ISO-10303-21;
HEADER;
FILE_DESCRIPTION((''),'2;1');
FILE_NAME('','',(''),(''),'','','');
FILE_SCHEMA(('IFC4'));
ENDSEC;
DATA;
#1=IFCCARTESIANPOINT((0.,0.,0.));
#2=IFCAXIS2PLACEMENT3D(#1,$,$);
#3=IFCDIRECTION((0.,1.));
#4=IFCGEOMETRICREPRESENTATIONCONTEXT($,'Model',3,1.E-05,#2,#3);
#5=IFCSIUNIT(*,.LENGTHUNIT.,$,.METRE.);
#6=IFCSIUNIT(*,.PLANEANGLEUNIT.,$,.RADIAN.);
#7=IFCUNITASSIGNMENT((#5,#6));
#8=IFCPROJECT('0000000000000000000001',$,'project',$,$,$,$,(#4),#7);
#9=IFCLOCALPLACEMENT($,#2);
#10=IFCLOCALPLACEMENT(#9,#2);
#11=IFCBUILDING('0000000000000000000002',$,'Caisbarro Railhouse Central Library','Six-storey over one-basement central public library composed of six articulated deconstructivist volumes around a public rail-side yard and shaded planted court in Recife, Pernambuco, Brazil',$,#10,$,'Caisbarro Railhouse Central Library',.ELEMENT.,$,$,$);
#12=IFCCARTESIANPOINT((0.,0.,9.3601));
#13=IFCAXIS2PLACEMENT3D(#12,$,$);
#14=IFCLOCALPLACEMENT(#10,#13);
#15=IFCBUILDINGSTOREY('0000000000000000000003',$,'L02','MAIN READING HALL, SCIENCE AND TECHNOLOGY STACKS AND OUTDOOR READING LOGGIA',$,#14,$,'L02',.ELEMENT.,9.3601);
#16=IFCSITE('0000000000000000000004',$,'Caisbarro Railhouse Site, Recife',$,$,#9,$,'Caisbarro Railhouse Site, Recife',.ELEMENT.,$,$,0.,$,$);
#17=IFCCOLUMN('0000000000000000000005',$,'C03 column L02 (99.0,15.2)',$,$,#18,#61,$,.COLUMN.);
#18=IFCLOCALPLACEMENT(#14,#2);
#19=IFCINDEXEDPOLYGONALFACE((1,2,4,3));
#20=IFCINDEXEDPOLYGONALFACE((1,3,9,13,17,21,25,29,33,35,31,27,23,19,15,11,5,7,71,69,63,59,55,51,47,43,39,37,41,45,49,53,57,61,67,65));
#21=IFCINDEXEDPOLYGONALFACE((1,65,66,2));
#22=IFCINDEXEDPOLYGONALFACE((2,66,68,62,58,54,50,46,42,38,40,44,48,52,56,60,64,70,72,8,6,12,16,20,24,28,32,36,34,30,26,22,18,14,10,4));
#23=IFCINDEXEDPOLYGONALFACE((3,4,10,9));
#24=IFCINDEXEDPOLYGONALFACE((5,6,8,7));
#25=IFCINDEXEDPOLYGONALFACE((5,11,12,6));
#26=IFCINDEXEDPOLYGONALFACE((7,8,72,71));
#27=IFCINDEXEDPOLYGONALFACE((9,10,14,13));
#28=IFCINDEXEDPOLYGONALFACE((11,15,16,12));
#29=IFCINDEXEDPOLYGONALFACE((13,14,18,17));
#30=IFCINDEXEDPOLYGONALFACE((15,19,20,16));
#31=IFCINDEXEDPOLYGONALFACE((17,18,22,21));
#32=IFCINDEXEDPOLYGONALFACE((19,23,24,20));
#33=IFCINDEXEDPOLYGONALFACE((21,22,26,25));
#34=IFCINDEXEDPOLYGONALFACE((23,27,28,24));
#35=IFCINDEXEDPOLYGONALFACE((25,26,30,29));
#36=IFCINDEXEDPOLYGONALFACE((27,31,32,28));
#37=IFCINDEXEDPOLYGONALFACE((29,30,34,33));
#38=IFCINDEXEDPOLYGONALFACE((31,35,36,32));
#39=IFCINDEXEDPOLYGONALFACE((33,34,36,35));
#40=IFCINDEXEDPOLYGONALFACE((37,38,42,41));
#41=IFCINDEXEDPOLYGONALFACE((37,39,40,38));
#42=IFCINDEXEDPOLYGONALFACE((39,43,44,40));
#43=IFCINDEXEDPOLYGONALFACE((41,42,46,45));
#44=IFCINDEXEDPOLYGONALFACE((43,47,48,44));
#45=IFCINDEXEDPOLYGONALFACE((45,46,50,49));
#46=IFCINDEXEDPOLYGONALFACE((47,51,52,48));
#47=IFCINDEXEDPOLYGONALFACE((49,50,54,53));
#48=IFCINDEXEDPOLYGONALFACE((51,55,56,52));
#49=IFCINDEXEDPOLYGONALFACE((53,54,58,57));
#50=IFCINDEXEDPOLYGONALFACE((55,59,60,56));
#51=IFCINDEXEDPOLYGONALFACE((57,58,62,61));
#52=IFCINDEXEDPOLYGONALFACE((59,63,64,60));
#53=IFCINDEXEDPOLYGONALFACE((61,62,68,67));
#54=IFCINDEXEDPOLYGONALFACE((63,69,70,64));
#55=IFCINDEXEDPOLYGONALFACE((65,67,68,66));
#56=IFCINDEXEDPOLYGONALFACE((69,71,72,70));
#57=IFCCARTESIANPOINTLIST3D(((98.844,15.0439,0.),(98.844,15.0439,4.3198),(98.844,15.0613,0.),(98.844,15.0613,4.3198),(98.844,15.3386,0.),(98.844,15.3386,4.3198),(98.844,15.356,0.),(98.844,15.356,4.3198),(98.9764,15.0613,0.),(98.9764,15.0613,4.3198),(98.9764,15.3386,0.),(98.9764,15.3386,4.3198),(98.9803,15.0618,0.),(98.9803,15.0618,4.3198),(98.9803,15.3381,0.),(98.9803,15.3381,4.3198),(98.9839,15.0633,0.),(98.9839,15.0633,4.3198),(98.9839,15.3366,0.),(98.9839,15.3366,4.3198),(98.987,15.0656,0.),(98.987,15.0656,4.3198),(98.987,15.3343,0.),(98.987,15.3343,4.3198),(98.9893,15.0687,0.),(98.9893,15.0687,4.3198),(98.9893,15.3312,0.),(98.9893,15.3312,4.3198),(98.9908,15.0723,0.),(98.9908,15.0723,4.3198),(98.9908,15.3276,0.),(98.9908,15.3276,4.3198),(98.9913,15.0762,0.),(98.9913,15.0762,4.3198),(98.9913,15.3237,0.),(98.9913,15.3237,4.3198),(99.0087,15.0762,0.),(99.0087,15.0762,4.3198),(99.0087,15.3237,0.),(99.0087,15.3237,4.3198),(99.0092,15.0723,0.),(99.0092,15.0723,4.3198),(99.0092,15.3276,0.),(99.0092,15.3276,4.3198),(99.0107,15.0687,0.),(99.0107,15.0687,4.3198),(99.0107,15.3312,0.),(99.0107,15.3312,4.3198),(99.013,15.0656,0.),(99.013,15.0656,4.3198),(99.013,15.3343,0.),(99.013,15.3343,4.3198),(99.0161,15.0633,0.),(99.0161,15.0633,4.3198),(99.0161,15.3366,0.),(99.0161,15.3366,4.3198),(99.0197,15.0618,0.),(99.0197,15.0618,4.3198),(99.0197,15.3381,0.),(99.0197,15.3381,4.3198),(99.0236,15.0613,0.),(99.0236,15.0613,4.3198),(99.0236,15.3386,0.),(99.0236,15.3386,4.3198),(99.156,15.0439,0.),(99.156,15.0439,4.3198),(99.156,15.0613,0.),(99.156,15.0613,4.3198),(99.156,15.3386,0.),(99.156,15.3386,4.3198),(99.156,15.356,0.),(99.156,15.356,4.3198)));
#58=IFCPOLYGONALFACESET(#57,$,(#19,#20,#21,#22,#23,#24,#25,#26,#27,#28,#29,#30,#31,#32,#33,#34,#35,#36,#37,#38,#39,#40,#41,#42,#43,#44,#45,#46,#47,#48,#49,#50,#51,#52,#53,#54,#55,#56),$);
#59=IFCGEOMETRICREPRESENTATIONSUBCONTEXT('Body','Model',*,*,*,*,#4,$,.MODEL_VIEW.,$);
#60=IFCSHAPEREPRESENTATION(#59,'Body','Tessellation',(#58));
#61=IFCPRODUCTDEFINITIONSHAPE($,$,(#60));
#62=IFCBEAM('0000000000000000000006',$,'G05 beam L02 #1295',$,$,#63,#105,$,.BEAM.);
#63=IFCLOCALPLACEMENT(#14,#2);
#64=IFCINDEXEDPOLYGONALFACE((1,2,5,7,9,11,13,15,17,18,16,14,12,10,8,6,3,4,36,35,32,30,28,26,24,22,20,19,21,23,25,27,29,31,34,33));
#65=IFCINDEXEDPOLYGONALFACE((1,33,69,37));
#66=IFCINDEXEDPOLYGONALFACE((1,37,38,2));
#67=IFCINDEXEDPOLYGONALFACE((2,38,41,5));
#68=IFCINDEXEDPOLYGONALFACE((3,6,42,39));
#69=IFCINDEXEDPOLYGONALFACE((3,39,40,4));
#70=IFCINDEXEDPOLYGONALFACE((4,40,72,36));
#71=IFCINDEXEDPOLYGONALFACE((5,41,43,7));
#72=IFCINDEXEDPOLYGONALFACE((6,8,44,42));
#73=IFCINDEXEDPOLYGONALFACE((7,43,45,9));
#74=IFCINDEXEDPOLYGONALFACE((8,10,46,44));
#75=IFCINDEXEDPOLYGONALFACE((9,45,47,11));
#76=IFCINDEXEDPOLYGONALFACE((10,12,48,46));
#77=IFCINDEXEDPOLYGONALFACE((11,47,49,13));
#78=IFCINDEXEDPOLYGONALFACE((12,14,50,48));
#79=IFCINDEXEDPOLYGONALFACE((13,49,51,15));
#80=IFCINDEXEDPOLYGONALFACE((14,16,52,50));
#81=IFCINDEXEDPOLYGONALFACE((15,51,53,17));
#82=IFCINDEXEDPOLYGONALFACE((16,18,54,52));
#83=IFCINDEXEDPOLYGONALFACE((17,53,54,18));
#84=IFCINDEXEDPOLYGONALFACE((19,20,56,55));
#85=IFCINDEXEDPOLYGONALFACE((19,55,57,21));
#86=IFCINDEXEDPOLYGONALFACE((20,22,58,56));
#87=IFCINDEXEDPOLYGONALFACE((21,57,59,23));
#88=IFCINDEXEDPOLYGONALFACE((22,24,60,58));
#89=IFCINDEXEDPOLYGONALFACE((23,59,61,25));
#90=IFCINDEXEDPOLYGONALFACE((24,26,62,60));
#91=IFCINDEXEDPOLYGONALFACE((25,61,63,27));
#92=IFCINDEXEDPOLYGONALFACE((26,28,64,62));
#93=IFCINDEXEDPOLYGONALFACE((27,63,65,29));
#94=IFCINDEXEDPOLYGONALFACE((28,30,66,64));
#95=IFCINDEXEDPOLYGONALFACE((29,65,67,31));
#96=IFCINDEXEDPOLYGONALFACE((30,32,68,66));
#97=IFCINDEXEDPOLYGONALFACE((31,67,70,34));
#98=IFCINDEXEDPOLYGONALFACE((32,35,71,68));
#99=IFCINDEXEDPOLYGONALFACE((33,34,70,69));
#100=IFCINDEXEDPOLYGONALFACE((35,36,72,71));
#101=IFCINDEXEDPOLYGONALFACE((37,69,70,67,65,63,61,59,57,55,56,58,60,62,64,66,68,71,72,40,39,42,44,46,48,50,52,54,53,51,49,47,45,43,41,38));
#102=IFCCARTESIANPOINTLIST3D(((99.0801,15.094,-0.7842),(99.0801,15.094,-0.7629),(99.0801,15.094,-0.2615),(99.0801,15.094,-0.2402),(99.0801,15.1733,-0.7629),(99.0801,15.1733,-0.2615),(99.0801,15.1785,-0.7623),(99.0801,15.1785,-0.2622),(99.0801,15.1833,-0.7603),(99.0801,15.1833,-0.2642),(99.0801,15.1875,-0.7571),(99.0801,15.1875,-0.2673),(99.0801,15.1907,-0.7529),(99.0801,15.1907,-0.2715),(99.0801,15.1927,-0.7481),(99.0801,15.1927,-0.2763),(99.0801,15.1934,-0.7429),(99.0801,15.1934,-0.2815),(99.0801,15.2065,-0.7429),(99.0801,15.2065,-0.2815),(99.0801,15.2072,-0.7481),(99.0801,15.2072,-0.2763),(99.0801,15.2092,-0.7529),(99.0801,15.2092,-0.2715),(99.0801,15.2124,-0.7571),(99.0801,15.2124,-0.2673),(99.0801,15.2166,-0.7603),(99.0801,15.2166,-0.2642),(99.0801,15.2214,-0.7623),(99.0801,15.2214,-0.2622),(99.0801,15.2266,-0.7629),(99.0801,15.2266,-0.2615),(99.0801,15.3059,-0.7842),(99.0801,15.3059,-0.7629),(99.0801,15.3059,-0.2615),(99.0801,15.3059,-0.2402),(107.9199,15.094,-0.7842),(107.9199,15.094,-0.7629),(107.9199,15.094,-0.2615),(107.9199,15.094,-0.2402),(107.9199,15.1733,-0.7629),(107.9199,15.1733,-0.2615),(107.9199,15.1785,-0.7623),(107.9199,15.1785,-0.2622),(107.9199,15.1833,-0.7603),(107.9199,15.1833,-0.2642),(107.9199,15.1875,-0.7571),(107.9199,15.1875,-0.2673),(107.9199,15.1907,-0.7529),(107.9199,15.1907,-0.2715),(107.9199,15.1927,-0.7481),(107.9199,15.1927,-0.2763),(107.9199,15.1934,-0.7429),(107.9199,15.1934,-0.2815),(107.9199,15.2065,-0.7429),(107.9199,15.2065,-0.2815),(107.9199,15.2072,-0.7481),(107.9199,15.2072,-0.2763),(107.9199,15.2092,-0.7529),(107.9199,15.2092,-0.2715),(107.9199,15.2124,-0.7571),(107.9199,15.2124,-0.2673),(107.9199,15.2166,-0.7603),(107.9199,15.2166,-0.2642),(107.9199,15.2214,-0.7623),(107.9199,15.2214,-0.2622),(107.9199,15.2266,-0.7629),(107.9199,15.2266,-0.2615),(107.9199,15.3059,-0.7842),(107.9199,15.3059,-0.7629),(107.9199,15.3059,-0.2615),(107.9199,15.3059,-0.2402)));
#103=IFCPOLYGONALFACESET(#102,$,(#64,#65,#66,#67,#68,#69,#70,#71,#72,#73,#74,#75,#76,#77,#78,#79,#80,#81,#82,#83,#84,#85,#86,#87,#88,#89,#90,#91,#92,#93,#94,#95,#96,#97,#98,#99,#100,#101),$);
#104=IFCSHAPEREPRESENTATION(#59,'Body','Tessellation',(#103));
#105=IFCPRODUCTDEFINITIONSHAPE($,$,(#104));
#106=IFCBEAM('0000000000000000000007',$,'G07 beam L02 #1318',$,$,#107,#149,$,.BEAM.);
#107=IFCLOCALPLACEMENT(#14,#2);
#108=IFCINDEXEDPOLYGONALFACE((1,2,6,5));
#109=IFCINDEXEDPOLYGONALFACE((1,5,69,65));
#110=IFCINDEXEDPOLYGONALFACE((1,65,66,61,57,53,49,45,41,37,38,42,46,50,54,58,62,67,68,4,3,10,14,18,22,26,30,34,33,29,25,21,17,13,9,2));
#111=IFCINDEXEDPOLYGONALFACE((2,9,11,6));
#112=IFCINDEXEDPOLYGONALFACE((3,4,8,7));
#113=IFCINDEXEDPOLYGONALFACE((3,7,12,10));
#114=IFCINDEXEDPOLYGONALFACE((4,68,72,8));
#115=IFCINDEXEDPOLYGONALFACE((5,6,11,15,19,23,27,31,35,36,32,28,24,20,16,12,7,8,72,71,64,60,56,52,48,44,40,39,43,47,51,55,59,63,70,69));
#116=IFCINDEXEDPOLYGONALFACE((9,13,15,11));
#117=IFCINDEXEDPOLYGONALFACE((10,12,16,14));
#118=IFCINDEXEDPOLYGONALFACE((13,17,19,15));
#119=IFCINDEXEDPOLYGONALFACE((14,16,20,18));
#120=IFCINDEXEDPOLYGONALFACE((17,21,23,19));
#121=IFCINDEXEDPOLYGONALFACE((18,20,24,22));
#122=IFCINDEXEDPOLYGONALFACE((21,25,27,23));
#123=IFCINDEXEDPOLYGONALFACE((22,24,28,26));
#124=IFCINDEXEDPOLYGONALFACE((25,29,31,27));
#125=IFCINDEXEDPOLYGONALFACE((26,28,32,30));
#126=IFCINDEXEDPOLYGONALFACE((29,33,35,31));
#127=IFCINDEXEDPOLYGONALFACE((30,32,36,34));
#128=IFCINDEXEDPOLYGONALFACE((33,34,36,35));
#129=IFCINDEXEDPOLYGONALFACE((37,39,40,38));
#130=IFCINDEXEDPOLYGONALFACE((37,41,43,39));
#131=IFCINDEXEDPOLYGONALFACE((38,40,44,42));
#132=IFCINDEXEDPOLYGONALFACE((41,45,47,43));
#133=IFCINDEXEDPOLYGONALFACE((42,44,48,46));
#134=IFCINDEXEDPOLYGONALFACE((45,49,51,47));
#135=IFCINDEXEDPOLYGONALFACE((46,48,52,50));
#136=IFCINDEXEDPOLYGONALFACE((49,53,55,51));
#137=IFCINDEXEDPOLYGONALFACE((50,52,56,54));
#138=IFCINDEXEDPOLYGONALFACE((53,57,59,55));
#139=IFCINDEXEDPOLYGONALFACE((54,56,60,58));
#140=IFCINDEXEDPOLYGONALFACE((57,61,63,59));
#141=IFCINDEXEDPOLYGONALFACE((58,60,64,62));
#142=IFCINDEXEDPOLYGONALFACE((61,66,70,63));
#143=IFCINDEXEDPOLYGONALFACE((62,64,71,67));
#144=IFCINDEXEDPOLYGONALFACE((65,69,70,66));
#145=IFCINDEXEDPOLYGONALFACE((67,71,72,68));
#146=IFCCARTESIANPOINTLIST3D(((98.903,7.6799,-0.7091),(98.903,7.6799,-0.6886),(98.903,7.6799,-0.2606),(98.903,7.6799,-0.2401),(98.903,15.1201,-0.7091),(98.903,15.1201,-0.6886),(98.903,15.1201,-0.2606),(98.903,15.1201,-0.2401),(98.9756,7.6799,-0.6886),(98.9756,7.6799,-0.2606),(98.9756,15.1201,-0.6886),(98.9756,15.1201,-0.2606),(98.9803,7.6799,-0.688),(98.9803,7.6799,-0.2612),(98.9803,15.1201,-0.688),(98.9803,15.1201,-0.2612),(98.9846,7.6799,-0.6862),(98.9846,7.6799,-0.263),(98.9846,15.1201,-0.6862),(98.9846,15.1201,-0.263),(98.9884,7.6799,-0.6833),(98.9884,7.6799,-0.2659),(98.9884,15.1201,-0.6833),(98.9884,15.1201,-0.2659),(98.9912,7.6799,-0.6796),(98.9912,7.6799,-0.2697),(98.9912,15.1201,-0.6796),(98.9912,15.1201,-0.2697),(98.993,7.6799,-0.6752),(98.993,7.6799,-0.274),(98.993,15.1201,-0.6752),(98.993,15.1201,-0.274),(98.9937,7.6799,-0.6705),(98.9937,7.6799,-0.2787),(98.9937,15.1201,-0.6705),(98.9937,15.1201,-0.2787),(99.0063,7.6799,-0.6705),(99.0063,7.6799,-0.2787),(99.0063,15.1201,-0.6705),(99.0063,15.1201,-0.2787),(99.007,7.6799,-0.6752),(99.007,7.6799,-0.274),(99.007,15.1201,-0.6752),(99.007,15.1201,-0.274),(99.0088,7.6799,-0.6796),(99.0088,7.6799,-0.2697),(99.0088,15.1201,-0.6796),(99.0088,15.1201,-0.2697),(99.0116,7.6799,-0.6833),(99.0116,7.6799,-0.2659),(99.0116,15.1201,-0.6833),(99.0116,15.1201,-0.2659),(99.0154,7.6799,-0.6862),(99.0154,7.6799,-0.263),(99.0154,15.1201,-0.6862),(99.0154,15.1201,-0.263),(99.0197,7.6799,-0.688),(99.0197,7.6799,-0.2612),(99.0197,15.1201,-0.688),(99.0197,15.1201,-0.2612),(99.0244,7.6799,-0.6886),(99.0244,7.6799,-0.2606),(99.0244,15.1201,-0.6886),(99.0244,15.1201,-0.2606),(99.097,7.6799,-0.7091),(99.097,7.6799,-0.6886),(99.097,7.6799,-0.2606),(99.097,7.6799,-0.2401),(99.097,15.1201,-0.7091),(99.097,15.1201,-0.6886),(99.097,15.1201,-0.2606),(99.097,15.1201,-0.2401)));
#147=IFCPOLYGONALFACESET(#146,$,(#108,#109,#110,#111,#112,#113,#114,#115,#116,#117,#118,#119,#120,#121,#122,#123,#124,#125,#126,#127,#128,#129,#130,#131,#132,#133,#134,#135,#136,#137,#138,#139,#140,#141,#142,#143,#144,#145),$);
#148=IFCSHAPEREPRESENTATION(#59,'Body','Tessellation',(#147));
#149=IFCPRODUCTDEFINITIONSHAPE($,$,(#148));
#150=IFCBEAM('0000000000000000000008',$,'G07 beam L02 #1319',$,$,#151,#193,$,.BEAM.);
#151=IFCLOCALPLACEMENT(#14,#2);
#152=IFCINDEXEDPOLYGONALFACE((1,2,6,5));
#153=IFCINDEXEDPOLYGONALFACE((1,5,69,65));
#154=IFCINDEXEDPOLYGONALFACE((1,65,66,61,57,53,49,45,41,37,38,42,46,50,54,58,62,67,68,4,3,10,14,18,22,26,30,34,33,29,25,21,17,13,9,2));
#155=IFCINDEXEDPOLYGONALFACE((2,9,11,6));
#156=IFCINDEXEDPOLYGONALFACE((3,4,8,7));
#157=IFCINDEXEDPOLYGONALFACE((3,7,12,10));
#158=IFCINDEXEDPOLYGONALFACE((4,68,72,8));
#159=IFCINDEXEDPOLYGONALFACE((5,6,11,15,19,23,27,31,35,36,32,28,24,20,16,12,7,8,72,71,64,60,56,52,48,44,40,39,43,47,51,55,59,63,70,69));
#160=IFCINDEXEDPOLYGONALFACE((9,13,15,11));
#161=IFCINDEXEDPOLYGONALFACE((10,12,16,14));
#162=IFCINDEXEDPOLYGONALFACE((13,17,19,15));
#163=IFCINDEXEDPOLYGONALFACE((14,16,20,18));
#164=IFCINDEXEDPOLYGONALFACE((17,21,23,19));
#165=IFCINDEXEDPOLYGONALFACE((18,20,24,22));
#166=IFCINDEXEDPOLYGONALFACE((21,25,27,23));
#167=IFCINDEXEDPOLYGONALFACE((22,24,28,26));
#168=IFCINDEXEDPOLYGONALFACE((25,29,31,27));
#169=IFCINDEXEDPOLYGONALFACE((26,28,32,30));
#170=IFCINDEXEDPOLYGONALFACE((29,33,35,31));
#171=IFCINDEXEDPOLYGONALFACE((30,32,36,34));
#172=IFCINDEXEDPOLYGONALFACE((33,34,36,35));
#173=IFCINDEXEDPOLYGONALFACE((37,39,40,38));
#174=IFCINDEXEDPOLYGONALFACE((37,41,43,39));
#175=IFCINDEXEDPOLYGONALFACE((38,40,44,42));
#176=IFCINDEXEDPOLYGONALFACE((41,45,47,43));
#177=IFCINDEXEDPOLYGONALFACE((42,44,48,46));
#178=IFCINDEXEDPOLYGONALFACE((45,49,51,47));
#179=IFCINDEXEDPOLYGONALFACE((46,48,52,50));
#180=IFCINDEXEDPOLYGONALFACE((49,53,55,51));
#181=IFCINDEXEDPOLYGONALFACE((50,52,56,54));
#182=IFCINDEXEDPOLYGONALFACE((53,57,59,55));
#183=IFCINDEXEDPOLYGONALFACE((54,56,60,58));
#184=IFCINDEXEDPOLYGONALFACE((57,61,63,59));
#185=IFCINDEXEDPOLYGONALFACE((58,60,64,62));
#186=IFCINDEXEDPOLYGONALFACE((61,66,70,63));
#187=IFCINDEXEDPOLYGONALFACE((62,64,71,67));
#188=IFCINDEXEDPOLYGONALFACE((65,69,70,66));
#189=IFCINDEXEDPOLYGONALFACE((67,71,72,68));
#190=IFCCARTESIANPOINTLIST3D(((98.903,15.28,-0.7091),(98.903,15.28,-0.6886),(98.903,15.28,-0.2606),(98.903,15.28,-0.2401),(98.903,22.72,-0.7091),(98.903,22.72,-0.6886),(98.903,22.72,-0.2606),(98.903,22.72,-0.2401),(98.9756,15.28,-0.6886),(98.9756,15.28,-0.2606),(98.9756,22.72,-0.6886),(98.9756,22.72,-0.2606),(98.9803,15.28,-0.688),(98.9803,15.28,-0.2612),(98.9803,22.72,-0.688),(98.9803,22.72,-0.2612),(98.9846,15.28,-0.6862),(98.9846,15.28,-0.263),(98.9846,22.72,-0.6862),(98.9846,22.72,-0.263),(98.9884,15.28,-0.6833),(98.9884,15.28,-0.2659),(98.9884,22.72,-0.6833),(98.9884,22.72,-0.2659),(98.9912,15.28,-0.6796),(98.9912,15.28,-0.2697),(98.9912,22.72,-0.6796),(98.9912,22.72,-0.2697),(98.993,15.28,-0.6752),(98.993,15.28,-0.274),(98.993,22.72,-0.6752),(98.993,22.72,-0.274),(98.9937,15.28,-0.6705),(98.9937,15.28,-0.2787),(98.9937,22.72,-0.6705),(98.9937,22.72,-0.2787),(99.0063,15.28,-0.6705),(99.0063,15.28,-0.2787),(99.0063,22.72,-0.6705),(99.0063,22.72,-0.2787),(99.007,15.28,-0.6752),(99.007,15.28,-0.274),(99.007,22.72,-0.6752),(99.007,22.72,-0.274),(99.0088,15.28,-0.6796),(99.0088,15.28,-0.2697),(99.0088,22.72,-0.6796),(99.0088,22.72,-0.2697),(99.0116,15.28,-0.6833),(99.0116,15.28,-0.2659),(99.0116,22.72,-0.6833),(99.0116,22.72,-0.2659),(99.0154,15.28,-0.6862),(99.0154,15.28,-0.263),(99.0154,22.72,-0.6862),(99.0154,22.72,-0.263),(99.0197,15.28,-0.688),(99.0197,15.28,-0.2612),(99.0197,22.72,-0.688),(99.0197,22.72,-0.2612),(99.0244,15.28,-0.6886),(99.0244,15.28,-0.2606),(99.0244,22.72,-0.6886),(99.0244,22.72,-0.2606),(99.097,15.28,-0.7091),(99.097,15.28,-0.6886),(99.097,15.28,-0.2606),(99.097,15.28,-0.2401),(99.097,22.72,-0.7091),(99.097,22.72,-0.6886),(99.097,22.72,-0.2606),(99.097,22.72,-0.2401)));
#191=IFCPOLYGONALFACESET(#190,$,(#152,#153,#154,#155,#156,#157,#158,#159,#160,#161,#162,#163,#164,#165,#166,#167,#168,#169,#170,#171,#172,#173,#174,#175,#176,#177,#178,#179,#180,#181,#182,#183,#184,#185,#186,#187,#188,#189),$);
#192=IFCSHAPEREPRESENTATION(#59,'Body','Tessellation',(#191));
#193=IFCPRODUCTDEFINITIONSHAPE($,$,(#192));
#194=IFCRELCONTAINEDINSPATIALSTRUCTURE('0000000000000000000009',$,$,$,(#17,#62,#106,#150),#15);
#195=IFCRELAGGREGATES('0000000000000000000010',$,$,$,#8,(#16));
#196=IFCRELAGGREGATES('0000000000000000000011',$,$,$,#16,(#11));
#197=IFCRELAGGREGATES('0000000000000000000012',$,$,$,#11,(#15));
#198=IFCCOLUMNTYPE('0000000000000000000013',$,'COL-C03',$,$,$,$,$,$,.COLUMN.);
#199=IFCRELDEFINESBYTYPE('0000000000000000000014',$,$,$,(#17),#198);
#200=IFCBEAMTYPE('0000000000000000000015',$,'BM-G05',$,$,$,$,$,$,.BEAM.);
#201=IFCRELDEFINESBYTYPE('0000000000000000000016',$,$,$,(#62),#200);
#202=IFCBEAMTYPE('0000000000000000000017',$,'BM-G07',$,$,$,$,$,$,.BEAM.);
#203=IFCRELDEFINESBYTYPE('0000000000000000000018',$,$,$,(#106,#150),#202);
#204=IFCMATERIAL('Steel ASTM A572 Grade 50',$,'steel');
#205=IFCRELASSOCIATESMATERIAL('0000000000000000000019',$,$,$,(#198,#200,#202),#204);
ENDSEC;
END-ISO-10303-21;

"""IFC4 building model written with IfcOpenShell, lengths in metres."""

from ifc_helpers import new_model, si_unit, direction, frame, origin, origin_2d, place, context, subcontext, project, spatial, i_section, extrude, material, material_profile, profile_set, type_object, element, save


model = new_model("IFC4")

# Units and contexts
model_context = context("Model", 3, precision=1e-05, world=origin(), true_north=direction((0.0, 1.0)))
body_context = subcontext(model_context, "Body", "Model", "MODEL_VIEW")
ifc_project = project(units=[si_unit("LENGTHUNIT", "METRE"), si_unit("PLANEANGLEUNIT", "RADIAN")], contexts=[model_context])

# Site, building, storey
site_placement = place(None, origin())
site = spatial("IfcSite", under=ifc_project, at=site_placement, Name="Caisbarro Railhouse Site, Recife", LongName="Caisbarro Railhouse Site, Recife", CompositionType="ELEMENT", RefElevation=0.0)
building_placement = place(site_placement, origin())
building = spatial("IfcBuilding", under=site, at=building_placement, Name="Caisbarro Railhouse Central Library", Description="Six-storey over one-basement central public library composed of six articulated deconstructivist volumes around a public rail-side yard and shaded planted court in Recife, Pernambuco, Brazil", LongName="Caisbarro Railhouse Central Library", CompositionType="ELEMENT")
storey_placement = place(building_placement, frame((0.0, 0.0, 9.3601)))
storey = spatial("IfcBuildingStorey", under=building, at=storey_placement, Name="L02", Description="MAIN READING HALL, SCIENCE AND TECHNOLOGY STACKS AND OUTDOOR READING LOGGIA", LongName="L02", CompositionType="ELEMENT", Elevation=9.3601)

# Column
ifc_material_1 = material(Name="Steel ASTM A572 Grade 50", Category="steel")
ifc_material_profile_1 = material_profile(ifc_material_1, i_section(OverallWidth=0.312, OverallDepth=0.312, WebThickness=0.0173, FlangeThickness=0.0173, FilletRadius=0.0149, at=origin_2d()), Name="HP310X125.0")
ifc_profile_set_1 = profile_set([ifc_material_profile_1], Name="Steel ASTM A572 Grade 50")
column_type = type_object("IfcColumnType", Name="COL-C03", PredefinedType="COLUMN", material=ifc_profile_set_1)
column_placement = place(storey_placement, frame((99.0, 15.2, 0.0), z_axis=(0.0, 0.0, 1.0), x_axis=(1.0, 0.0, 0.0)))
element("IfcColumn", 1, at=column_placement, inside=storey, type_object=column_type, Name="C03 column L02 (99.0,15.2)", PredefinedType="COLUMN", context=body_context, shape_type="SweptSolid", body=[
    extrude(i_section(OverallWidth=0.312, OverallDepth=0.312, WebThickness=0.0173, FlangeThickness=0.0173, FilletRadius=0.0149, at=origin_2d()), origin(), (0.0, 0.0, 1.0), 4.3198),
])

# Beams
ifc_material_profile_2 = material_profile(ifc_material_1, i_section(OverallWidth=0.2119, OverallDepth=0.5439, WebThickness=0.0132, FlangeThickness=0.0212, FilletRadius=0.02, at=origin_2d()), Name="W530X123.0")
ifc_profile_set_2 = profile_set([ifc_material_profile_2], Name="Steel ASTM A572 Grade 50")
beam_type_1 = type_object("IfcBeamType", Name="BM-G05", PredefinedType="BEAM", material=ifc_profile_set_2)
beam_1_placement = place(storey_placement, frame((99.0801, 15.2, -0.5122), z_axis=(1.0, 0.0, 0.0), x_axis=(0.0, 1.0, 0.0)))
element("IfcBeam", 2, at=beam_1_placement, inside=storey, type_object=beam_type_1, Name="G05 beam L02 #1295", PredefinedType="BEAM", context=body_context, shape_type="SweptSolid", body=[
    extrude(i_section(OverallWidth=0.2119, OverallDepth=0.5439, WebThickness=0.0132, FlangeThickness=0.0212, FilletRadius=0.02, at=origin_2d()), origin(), (0.0, 0.0, 1.0), 8.8398),
])
ifc_material_profile_3 = material_profile(ifc_material_1, i_section(OverallWidth=0.1941, OverallDepth=0.469, WebThickness=0.0127, FlangeThickness=0.0205, FilletRadius=0.0181, at=origin_2d()), Name="W460X106.0")
ifc_profile_set_3 = profile_set([ifc_material_profile_3], Name="Steel ASTM A572 Grade 50")
beam_type_2 = type_object("IfcBeamType", Name="BM-G07", PredefinedType="BEAM", material=ifc_profile_set_3)
beam_2_placement = place(storey_placement, frame((99.0, 7.6799, -0.4746), z_axis=(0.0, 1.0, 0.0), x_axis=(-1.0, 0.0, 0.0)))
element("IfcBeam", 3, at=beam_2_placement, inside=storey, type_object=beam_type_2, Name="G07 beam L02 #1318", PredefinedType="BEAM", context=body_context, shape_type="SweptSolid", body=[
    extrude(i_section(OverallWidth=0.1941, OverallDepth=0.469, WebThickness=0.0127, FlangeThickness=0.0205, FilletRadius=0.0181, at=origin_2d()), origin(), (0.0, 0.0, 1.0), 7.4402),
])
beam_3_placement = place(storey_placement, frame((99.0, 15.28, -0.4746), z_axis=(0.0, 1.0, 0.0), x_axis=(-1.0, 0.0, 0.0)))
element("IfcBeam", 4, at=beam_3_placement, inside=storey, type_object=beam_type_2, Name="G07 beam L02 #1319", PredefinedType="BEAM", context=body_context, shape_type="SweptSolid", body=[
    extrude(i_section(OverallWidth=0.1941, OverallDepth=0.469, WebThickness=0.0127, FlangeThickness=0.0205, FilletRadius=0.0181, at=origin_2d()), origin(), (0.0, 0.0, 1.0), 7.4399),
])

save(model, "model.ifc")
